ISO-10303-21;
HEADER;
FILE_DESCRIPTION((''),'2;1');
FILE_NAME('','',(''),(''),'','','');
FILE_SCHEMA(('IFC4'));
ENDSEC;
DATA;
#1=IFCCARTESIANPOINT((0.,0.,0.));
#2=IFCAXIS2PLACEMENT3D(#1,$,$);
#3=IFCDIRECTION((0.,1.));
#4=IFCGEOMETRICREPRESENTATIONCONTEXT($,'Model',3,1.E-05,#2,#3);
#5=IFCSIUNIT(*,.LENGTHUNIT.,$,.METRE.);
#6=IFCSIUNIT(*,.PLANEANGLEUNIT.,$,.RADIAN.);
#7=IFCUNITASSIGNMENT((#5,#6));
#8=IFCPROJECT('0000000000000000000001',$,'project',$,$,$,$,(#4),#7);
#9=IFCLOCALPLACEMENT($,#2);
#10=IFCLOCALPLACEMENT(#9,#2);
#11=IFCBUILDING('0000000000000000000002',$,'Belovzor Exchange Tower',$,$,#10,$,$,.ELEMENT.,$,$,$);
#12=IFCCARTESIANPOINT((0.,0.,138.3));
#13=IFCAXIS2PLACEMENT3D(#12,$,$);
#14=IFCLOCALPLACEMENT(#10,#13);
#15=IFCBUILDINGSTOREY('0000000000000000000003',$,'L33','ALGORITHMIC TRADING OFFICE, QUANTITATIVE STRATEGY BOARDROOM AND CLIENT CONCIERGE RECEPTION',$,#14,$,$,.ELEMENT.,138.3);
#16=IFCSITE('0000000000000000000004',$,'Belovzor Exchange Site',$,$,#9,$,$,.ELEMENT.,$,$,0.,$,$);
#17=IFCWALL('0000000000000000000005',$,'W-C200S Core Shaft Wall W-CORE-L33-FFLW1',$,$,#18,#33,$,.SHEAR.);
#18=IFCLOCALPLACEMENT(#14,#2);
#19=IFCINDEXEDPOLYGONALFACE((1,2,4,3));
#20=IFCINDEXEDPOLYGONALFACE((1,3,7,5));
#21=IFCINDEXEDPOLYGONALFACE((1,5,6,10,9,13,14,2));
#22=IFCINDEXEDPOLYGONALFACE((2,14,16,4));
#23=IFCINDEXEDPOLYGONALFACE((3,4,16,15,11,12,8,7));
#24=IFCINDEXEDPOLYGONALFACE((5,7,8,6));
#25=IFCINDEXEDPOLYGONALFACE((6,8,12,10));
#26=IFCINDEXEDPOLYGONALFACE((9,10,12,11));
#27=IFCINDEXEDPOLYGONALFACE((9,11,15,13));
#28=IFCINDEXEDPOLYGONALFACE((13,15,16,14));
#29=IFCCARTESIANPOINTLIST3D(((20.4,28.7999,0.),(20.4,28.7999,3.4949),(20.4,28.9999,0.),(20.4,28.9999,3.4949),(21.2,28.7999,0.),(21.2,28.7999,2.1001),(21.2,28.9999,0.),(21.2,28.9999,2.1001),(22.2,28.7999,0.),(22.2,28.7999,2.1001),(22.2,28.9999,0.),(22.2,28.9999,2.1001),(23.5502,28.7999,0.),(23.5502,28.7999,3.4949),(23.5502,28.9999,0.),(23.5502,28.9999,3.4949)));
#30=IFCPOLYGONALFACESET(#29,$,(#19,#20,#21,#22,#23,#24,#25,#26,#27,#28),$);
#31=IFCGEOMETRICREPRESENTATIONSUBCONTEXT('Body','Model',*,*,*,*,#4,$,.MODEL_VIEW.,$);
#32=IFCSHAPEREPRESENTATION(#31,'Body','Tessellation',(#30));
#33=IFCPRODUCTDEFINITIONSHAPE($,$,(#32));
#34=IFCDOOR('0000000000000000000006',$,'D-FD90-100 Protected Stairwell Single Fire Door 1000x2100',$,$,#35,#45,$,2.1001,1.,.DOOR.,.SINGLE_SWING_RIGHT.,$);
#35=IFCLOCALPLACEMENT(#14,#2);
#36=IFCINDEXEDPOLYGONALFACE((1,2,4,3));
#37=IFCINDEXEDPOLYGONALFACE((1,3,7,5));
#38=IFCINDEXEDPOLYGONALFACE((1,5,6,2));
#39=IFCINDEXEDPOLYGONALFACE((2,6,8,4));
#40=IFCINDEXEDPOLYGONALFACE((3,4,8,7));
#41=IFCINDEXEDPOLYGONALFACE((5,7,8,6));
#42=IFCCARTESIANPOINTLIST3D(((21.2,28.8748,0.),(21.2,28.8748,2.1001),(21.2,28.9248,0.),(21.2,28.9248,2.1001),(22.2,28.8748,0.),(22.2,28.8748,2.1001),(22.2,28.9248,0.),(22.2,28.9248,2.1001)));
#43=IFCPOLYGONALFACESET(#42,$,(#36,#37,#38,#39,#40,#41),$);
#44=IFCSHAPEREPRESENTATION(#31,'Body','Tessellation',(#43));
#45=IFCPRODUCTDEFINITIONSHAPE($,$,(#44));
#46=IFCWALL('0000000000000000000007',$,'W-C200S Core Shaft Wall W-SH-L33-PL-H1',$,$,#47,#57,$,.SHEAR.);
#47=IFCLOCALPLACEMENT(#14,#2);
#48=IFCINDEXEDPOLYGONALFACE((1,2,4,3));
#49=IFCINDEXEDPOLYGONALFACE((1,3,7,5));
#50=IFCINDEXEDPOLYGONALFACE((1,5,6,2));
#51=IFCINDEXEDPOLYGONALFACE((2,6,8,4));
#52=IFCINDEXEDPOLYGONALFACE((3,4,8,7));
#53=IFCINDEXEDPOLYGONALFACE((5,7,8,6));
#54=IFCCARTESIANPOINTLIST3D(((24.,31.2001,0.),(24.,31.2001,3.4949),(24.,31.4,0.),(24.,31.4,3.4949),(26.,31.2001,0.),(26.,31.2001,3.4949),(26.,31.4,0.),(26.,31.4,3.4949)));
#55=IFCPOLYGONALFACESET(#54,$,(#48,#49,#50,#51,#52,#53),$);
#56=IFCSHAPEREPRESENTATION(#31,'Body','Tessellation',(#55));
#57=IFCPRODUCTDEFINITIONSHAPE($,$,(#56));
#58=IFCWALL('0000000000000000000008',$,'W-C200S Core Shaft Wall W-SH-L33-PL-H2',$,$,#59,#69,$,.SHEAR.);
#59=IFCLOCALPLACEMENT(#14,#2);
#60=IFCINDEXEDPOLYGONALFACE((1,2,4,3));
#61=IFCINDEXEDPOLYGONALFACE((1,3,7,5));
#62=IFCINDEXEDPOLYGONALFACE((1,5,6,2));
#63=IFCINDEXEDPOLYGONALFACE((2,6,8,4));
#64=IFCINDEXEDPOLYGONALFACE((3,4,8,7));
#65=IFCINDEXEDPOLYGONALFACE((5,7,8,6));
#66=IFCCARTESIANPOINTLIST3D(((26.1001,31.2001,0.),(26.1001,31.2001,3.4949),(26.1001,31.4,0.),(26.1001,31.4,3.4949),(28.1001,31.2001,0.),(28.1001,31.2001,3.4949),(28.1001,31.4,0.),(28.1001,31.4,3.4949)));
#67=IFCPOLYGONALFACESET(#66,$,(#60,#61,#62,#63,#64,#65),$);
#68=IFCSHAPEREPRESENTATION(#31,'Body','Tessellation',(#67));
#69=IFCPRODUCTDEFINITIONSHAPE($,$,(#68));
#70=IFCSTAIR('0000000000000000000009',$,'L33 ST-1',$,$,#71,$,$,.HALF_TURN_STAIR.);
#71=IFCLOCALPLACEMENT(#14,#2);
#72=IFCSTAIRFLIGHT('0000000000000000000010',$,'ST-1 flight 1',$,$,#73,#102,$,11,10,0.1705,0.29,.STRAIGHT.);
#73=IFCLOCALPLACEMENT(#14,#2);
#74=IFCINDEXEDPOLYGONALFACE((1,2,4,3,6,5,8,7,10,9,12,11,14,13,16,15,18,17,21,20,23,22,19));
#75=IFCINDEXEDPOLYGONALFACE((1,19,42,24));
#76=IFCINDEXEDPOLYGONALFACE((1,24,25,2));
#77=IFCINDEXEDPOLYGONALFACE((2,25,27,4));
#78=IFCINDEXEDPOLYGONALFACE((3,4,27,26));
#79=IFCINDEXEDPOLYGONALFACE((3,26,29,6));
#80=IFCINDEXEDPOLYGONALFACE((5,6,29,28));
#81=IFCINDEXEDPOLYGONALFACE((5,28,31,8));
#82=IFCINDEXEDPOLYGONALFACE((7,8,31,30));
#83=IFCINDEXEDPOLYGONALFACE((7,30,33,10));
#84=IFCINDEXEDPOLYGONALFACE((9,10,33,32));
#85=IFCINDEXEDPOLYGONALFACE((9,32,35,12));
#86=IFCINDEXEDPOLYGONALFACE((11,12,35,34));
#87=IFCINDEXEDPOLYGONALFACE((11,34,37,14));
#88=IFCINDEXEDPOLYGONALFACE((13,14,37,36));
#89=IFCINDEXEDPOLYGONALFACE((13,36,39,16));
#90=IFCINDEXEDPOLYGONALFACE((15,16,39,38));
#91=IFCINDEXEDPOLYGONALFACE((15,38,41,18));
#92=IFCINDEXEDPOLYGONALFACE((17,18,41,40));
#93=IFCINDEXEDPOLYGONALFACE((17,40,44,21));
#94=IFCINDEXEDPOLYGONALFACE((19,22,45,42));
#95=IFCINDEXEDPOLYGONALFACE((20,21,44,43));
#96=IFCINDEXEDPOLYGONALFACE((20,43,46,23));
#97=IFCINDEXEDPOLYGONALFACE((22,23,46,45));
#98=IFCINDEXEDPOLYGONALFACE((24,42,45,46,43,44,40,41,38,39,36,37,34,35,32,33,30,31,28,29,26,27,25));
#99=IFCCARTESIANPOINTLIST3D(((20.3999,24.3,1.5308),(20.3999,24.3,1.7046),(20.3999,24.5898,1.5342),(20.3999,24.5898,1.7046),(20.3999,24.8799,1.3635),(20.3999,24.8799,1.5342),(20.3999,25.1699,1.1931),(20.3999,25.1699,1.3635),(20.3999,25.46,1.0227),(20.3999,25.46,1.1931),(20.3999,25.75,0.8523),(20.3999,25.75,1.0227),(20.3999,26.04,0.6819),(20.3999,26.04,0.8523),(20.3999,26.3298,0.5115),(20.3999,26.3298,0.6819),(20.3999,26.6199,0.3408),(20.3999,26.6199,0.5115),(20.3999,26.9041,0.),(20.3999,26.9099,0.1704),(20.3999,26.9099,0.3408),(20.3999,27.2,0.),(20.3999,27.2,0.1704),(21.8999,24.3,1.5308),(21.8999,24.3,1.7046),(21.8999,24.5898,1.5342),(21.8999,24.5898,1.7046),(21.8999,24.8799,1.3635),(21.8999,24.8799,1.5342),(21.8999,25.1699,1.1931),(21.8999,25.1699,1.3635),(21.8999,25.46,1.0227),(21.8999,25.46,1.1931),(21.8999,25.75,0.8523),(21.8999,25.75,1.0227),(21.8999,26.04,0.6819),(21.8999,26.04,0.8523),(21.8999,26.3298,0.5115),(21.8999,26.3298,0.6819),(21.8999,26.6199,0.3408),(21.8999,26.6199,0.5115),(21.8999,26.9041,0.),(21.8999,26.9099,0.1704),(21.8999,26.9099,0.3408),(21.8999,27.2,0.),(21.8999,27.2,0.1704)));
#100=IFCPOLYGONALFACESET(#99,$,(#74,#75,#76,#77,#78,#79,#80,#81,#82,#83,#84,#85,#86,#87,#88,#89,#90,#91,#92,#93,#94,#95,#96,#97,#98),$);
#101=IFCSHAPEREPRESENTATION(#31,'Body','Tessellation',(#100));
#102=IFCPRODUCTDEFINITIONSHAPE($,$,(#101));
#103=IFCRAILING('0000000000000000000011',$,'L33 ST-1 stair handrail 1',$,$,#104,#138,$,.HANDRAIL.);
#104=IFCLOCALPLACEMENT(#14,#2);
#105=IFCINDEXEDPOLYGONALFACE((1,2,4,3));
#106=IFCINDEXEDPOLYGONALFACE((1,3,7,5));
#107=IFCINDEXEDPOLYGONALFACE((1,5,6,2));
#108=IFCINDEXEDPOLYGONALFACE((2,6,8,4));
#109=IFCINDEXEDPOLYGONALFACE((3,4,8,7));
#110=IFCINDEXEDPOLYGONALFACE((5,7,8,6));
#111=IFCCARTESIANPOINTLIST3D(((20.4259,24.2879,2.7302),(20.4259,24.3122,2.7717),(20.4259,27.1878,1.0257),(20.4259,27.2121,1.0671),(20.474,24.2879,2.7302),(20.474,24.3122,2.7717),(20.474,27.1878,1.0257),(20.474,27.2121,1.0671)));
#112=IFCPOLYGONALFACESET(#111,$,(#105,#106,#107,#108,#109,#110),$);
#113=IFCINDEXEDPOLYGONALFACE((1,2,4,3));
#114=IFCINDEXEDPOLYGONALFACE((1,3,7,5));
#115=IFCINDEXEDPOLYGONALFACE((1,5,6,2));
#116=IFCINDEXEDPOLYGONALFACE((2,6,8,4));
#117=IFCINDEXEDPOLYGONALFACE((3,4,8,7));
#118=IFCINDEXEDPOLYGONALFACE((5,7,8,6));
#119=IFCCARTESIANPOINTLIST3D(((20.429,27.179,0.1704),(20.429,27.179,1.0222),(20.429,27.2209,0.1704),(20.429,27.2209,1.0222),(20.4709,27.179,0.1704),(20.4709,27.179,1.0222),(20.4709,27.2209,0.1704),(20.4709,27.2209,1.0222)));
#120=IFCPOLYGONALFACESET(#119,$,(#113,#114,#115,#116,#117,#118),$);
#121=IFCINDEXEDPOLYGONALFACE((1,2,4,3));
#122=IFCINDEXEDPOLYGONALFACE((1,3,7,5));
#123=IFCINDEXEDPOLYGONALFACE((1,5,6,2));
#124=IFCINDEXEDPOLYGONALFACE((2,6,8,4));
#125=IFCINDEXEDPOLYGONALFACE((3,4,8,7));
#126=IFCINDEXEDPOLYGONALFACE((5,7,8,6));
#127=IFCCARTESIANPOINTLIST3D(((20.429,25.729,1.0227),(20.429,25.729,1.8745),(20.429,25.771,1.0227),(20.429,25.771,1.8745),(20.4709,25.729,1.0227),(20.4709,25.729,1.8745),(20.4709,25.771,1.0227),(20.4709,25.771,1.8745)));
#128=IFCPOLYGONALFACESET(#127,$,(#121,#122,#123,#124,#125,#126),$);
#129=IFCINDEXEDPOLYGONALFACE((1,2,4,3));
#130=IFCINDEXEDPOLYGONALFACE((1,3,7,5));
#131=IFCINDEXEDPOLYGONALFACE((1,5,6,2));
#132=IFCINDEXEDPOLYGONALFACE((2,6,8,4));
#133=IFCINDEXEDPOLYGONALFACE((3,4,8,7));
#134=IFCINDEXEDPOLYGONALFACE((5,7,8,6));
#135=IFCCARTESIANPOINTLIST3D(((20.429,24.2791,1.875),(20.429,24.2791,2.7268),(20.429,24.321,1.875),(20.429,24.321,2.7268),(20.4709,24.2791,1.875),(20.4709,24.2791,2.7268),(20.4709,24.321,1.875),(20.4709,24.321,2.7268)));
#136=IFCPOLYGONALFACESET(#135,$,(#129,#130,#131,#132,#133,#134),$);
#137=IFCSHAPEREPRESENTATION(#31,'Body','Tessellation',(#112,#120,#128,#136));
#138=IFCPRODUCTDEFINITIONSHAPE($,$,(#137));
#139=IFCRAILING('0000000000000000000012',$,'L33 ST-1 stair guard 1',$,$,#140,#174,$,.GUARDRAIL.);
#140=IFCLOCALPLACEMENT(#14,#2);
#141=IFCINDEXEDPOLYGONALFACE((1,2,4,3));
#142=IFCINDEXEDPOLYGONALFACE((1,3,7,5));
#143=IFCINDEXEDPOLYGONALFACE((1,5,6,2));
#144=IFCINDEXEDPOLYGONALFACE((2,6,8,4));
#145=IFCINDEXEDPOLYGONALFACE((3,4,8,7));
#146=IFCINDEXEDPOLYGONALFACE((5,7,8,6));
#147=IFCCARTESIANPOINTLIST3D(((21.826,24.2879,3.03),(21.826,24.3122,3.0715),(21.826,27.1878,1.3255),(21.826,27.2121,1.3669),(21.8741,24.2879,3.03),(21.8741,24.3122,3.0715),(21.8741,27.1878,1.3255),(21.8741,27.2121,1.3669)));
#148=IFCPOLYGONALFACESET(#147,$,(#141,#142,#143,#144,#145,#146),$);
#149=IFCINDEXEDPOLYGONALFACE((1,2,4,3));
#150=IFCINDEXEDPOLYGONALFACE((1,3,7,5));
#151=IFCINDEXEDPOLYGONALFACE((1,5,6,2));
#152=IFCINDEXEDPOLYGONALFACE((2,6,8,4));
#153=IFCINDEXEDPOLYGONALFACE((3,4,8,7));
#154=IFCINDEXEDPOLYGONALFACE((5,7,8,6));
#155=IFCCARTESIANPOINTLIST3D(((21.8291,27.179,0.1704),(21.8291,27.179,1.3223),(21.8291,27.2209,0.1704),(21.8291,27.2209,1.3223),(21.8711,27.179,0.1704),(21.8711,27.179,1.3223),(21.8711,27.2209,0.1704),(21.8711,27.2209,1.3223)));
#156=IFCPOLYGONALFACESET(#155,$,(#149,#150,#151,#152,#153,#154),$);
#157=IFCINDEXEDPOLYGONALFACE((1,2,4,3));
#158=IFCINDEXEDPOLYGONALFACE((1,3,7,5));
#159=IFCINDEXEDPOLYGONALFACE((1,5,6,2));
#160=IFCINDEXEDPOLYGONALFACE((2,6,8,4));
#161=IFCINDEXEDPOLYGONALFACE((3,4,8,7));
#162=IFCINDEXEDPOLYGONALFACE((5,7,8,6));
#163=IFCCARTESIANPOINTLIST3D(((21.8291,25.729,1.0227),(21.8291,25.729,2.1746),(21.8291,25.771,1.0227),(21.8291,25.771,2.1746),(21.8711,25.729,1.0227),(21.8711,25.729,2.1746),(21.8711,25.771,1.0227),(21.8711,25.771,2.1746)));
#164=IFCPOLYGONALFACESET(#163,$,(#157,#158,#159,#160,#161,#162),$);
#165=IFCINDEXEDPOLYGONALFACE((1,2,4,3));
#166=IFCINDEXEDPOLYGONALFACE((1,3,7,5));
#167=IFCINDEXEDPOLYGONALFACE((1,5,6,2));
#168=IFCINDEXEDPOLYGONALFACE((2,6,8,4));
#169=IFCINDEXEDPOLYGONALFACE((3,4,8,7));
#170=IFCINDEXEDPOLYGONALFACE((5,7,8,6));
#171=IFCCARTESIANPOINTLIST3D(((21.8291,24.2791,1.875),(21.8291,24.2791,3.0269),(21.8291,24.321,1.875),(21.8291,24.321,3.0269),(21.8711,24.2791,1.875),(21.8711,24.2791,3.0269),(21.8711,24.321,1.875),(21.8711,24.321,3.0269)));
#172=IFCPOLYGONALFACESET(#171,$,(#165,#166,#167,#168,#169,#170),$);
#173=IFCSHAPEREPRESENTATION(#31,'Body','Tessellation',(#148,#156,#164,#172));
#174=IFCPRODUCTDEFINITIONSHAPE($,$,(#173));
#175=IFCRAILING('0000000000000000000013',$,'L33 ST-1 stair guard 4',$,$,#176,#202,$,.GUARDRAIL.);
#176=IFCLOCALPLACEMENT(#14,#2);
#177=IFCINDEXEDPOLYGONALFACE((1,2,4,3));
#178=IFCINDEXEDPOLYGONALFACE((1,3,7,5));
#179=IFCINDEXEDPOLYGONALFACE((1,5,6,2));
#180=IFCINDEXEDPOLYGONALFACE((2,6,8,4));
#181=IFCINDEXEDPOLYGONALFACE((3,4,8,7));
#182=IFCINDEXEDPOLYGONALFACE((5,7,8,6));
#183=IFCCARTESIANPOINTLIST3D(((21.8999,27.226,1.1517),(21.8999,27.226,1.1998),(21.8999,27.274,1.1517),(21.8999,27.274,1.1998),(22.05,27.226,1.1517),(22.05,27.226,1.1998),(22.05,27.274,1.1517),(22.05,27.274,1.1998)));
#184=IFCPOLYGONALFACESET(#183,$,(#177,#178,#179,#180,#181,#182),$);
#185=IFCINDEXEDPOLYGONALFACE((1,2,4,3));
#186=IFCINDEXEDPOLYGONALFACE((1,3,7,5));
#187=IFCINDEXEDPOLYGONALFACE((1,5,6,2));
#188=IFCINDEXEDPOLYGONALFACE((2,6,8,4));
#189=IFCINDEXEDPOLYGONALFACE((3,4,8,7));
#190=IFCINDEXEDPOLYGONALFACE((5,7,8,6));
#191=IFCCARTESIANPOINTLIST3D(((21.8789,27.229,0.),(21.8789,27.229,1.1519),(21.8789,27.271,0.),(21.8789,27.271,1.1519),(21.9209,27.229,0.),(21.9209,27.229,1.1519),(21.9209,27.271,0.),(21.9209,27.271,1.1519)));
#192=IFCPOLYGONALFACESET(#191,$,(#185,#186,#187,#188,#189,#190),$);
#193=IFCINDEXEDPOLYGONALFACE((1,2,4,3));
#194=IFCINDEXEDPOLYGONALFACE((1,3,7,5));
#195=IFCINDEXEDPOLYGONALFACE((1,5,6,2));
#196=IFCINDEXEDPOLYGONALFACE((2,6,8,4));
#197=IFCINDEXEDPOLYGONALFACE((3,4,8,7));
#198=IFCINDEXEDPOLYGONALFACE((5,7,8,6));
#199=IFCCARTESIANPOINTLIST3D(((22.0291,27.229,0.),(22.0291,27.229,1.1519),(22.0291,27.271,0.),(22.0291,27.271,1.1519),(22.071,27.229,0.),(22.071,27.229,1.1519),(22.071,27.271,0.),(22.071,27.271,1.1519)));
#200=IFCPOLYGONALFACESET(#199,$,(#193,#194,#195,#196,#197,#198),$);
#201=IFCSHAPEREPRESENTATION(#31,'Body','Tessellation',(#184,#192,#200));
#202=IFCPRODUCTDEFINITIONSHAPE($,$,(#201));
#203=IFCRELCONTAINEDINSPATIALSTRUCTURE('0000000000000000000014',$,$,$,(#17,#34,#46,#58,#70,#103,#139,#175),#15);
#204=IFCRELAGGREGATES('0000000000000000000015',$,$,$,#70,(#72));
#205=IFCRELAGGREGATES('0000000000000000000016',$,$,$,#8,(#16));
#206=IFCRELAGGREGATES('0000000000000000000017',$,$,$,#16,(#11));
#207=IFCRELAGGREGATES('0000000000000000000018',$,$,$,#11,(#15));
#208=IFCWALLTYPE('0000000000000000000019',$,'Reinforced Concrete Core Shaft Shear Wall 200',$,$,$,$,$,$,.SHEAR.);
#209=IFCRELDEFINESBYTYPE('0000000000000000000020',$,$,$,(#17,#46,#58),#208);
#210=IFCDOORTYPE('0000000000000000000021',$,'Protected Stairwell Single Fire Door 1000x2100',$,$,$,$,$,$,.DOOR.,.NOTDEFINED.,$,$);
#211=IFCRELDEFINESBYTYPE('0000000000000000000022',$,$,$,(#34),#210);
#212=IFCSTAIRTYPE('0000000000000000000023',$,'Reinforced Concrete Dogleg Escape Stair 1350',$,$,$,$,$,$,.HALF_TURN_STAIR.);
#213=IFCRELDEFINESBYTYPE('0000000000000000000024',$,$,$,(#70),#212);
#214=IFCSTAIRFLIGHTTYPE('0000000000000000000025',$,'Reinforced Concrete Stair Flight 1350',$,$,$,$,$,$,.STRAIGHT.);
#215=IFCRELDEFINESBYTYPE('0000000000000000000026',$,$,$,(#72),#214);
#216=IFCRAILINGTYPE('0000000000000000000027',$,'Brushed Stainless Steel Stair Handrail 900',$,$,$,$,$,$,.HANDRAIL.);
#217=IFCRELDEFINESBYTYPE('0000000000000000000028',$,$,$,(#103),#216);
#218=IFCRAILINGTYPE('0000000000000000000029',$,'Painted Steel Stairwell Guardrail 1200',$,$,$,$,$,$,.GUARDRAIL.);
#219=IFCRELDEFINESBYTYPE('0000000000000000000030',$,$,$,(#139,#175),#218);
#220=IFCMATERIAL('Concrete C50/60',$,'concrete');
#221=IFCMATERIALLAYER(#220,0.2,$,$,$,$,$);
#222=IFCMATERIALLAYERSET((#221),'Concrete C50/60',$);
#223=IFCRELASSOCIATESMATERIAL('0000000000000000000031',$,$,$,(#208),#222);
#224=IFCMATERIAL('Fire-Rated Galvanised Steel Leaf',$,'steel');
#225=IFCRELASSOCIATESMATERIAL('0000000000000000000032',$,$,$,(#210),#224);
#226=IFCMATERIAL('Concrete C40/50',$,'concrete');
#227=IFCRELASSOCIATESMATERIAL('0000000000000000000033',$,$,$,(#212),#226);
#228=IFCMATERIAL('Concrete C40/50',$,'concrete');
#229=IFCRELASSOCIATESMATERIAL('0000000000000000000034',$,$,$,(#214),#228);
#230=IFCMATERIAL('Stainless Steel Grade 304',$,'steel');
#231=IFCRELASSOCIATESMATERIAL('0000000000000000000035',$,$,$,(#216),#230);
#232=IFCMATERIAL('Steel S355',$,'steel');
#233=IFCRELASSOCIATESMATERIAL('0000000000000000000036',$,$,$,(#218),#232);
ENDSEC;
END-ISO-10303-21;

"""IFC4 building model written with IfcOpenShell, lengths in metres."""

from ifc_helpers import new_model, si_unit, direction, frame, frame_2d, origin, origin_2d, place, context, subcontext, project, spatial, polyline, rectangle, outline, extrude, material, layer, layer_set, type_object, element, fill, aggregate, save


model = new_model("IFC4")

# Units and contexts
model_context = context("Model", 3, precision=1e-05, world=origin(), true_north=direction((0.0, 1.0)))
body_context = subcontext(model_context, "Body", "Model", "MODEL_VIEW")
ifc_project = project(units=[si_unit("LENGTHUNIT", "METRE"), si_unit("PLANEANGLEUNIT", "RADIAN")], contexts=[model_context])

# Site, building, storey
site_placement = place(None, origin())
site = spatial("IfcSite", under=ifc_project, at=site_placement, Name="Belovzor Exchange Site", CompositionType="ELEMENT", RefElevation=0.0)
building_placement = place(site_placement, origin())
building = spatial("IfcBuilding", under=site, at=building_placement, Name="Belovzor Exchange Tower", CompositionType="ELEMENT")
storey_placement = place(building_placement, frame((0.0, 0.0, 138.3)))
storey = spatial("IfcBuildingStorey", under=building, at=storey_placement, Name="L33", Description="ALGORITHMIC TRADING OFFICE, QUANTITATIVE STRATEGY BOARDROOM AND CLIENT CONCIERGE RECEPTION", CompositionType="ELEMENT", Elevation=138.3)

# Wall, opening, door
ifc_material_1 = material(Name="Concrete C50/60", Category="concrete")
ifc_layer_1 = layer(ifc_material_1, 0.2)
ifc_layer_set_1 = layer_set([ifc_layer_1], Name="Concrete C50/60")
wall_type_1 = type_object("IfcWallType", Name="Reinforced Concrete Core Shaft Shear Wall 200", PredefinedType="SHEAR", material=ifc_layer_set_1)
wall_1_placement = place(storey_placement, frame((20.3999, 28.8999, 0.0), z_axis=(0.0, 0.0, 1.0), x_axis=(1.0, 0.0, 0.0)))
wall_1 = element("IfcWall", 1, at=wall_1_placement, inside=storey, type_object=wall_type_1, Name="W-C200S Core Shaft Wall W-CORE-L33-FFLW1", PredefinedType="SHEAR", context=body_context, shape_type="SweptSolid", body=[
    extrude(rectangle(XDim=3.1501, YDim=0.2, at=frame_2d((1.5752, 0.0))), origin(), (0.0, 0.0, 1.0), 3.4949),
])
opening_1_placement = place(wall_1_placement, frame((0.8, 0.0, 0.0)))
opening_1 = element("IfcOpeningElement", 2, at=opening_1_placement, cuts=wall_1, PredefinedType="OPENING", context=body_context, shape_type="SweptSolid", body=[
    extrude(rectangle(XDim=1.0, YDim=2.1001, at=frame_2d((0.5, 1.05))), frame((0.0, 0.1099, 0.0), z_axis=(0.0, -1.0, 0.0), x_axis=(1.0, 0.0, 0.0)), (0.0, 0.0, 1.0), 0.22),
])
ifc_material_2 = material(Name="Fire-Rated Galvanised Steel Leaf", Category="steel")
door_type_1 = type_object("IfcDoorType", Name="Protected Stairwell Single Fire Door 1000x2100", OperationType="NOTDEFINED", PredefinedType="DOOR", material=ifc_material_2)
door_1_placement = place(opening_1_placement, origin())
door_1 = element("IfcDoor", 3, at=door_1_placement, inside=storey, type_object=door_type_1, Name="D-FD90-100 Protected Stairwell Single Fire Door 1000x2100", OperationType="SINGLE_SWING_RIGHT", OverallHeight=2.1001, OverallWidth=1.0, PredefinedType="DOOR", context=body_context, shape_type="SweptSolid", body=[
    extrude(rectangle(XDim=1.0, YDim=2.1001, at=frame_2d((0.5, 1.05))), frame((0.0, 0.0249, 0.0), z_axis=(0.0, -1.0, 0.0), x_axis=(1.0, 0.0, 0.0)), (0.0, 0.0, 1.0), 0.05),
])
fill(opening_1, door_1)

# Walls
for number, where, z_axis, x_axis, name in (
    (4, (24.0, 31.3, 0.0), (0.0, 0.0, 1.0), (1.0, 0.0, 0.0), "W-C200S Core Shaft Wall W-SH-L33-PL-H1"),
    (5, (26.1001, 31.3, 0.0), (0.0, 0.0, 1.0), (1.0, 0.0, 0.0), "W-C200S Core Shaft Wall W-SH-L33-PL-H2"),
):
    element("IfcWall", number, at=place(storey_placement, frame(where, z_axis=z_axis, x_axis=x_axis)), inside=storey, type_object=wall_type_1, Name=name, PredefinedType="SHEAR", context=body_context, shape_type="SweptSolid", body=[
        extrude(rectangle(XDim=2.0, YDim=0.2, at=frame_2d((1.0, 0.0))), origin(), (0.0, 0.0, 1.0), 3.4949),
    ])

# Stair, stair flight
ifc_material_3 = material(Name="Concrete C40/50", Category="concrete")
stair_type = type_object("IfcStairType", Name="Reinforced Concrete Dogleg Escape Stair 1350", PredefinedType="HALF_TURN_STAIR", material=ifc_material_3)
stair_placement = place(storey_placement, origin())
stair = element("IfcStair", 6, at=stair_placement, inside=storey, type_object=stair_type, Name="L33 ST-1", PredefinedType="HALF_TURN_STAIR")
ifc_material_4 = material(Name="Concrete C40/50", Category="concrete")
stair_flight_type = type_object("IfcStairFlightType", Name="Reinforced Concrete Stair Flight 1350", PredefinedType="STRAIGHT", material=ifc_material_4)
stair_flight_placement = place(storey_placement, frame((21.1499, 27.2, 0.0), z_axis=(0.0, 0.0, 1.0), x_axis=(0.0, -1.0, 0.0)))
stair_flight = element("IfcStairFlight", 7, at=stair_flight_placement, type_object=stair_flight_type, Name="ST-1 flight 1", NumberOfRisers=11, NumberOfTreads=10, PredefinedType="STRAIGHT", RiserHeight=0.1705, TreadLength=0.29, context=body_context, shape_type="SweptSolid", body=[
    extrude(outline(polyline([(0.0, 0.0), (0.0, 0.1704), (0.29, 0.1704), (0.29, 0.3408), (0.5801, 0.3408), (0.5801, 0.5115), (0.8701, 0.5115), (0.8701, 0.6819), (1.1599, 0.6819), (1.1599, 0.8523), (1.45, 0.8523), (1.45, 1.0227), (1.74, 1.0227), (1.74, 1.1931), (2.03, 1.1931), (2.03, 1.3635), (2.3201, 1.3635), (2.3201, 1.5342), (2.6101, 1.5342), (2.6101, 1.7046), (2.8999, 1.7046), (2.8999, 1.875), (2.8999, 1.5308), (0.2959, 0.0), (0.0, 0.0)])), frame((0.0, 0.75, 0.0), z_axis=(0.0, -1.0, 0.0), x_axis=(1.0, 0.0, 0.0)), (0.0, 0.0, 1.0), 1.5),
])
aggregate(stair, [stair_flight])

# Railings
ifc_material_5 = material(Name="Stainless Steel Grade 304", Category="steel")
railing_type_1 = type_object("IfcRailingType", Name="Brushed Stainless Steel Stair Handrail 900", PredefinedType="HANDRAIL", material=ifc_material_5)
railing_1_placement = place(storey_placement, frame((20.45, 27.2, 0.1704)))
element("IfcRailing", 8, at=railing_1_placement, inside=storey, type_object=railing_type_1, Name="L33 ST-1 stair handrail 1", PredefinedType="HANDRAIL", context=body_context, shape_type="SweptSolid", body=[
    extrude(rectangle(XDim=0.0481, YDim=0.0481, at=origin_2d()), frame((0.0, 0.0, 0.876), z_axis=(0.0, -0.862095, 0.506747), x_axis=(1.0, 0.0, 0.0)), (0.0, 0.0, 1.0), 3.3638),
    extrude(rectangle(XDim=0.042, YDim=0.042, at=origin_2d()), origin(), (0.0, 0.0, 1.0), 0.8518),
    extrude(rectangle(XDim=0.042, YDim=0.042, at=origin_2d()), frame((0.0, -1.45, 0.8523)), (0.0, 0.0, 1.0), 0.8518),
    extrude(rectangle(XDim=0.042, YDim=0.042, at=origin_2d()), frame((0.0, -2.8999, 1.7046)), (0.0, 0.0, 1.0), 0.8518),
])
ifc_material_6 = material(Name="Steel S355", Category="steel")
railing_type_2 = type_object("IfcRailingType", Name="Painted Steel Stairwell Guardrail 1200", PredefinedType="GUARDRAIL", material=ifc_material_6)
railing_2_placement = place(storey_placement, frame((21.8501, 27.2, 0.1704)))
element("IfcRailing", 9, at=railing_2_placement, inside=storey, type_object=railing_type_2, Name="L33 ST-1 stair guard 1", PredefinedType="GUARDRAIL", context=body_context, shape_type="SweptSolid", body=[
    extrude(rectangle(XDim=0.0481, YDim=0.0481, at=origin_2d()), frame((0.0, 0.0, 1.1758), z_axis=(0.0, -0.862095, 0.506747), x_axis=(1.0, 0.0, 0.0)), (0.0, 0.0, 1.0), 3.3638),
    extrude(rectangle(XDim=0.042, YDim=0.042, at=origin_2d()), origin(), (0.0, 0.0, 1.0), 1.1519),
    extrude(rectangle(XDim=0.042, YDim=0.042, at=origin_2d()), frame((0.0, -1.45, 0.8523)), (0.0, 0.0, 1.0), 1.1519),
    extrude(rectangle(XDim=0.042, YDim=0.042, at=origin_2d()), frame((0.0, -2.8999, 1.7046)), (0.0, 0.0, 1.0), 1.1519),
])
railing_3_placement = place(storey_placement, frame((21.8999, 27.25, 0.0)))
element("IfcRailing", 10, at=railing_3_placement, inside=storey, type_object=railing_type_2, Name="L33 ST-1 stair guard 4", PredefinedType="GUARDRAIL", context=body_context, shape_type="SweptSolid", body=[
    extrude(rectangle(XDim=0.0481, YDim=0.0481, at=origin_2d()), frame((0.0, 0.0, 1.1758), z_axis=(1.0, 0.0, 0.0), x_axis=(0.0, 1.0, 0.0)), (0.0, 0.0, 1.0), 0.1501),
    extrude(rectangle(XDim=0.042, YDim=0.042, at=origin_2d()), origin(), (0.0, 0.0, 1.0), 1.1519),
    extrude(rectangle(XDim=0.042, YDim=0.042, at=origin_2d()), frame((0.1501, 0.0, 0.0)), (0.0, 0.0, 1.0), 1.1519),
])

save(model, "model.ifc")
